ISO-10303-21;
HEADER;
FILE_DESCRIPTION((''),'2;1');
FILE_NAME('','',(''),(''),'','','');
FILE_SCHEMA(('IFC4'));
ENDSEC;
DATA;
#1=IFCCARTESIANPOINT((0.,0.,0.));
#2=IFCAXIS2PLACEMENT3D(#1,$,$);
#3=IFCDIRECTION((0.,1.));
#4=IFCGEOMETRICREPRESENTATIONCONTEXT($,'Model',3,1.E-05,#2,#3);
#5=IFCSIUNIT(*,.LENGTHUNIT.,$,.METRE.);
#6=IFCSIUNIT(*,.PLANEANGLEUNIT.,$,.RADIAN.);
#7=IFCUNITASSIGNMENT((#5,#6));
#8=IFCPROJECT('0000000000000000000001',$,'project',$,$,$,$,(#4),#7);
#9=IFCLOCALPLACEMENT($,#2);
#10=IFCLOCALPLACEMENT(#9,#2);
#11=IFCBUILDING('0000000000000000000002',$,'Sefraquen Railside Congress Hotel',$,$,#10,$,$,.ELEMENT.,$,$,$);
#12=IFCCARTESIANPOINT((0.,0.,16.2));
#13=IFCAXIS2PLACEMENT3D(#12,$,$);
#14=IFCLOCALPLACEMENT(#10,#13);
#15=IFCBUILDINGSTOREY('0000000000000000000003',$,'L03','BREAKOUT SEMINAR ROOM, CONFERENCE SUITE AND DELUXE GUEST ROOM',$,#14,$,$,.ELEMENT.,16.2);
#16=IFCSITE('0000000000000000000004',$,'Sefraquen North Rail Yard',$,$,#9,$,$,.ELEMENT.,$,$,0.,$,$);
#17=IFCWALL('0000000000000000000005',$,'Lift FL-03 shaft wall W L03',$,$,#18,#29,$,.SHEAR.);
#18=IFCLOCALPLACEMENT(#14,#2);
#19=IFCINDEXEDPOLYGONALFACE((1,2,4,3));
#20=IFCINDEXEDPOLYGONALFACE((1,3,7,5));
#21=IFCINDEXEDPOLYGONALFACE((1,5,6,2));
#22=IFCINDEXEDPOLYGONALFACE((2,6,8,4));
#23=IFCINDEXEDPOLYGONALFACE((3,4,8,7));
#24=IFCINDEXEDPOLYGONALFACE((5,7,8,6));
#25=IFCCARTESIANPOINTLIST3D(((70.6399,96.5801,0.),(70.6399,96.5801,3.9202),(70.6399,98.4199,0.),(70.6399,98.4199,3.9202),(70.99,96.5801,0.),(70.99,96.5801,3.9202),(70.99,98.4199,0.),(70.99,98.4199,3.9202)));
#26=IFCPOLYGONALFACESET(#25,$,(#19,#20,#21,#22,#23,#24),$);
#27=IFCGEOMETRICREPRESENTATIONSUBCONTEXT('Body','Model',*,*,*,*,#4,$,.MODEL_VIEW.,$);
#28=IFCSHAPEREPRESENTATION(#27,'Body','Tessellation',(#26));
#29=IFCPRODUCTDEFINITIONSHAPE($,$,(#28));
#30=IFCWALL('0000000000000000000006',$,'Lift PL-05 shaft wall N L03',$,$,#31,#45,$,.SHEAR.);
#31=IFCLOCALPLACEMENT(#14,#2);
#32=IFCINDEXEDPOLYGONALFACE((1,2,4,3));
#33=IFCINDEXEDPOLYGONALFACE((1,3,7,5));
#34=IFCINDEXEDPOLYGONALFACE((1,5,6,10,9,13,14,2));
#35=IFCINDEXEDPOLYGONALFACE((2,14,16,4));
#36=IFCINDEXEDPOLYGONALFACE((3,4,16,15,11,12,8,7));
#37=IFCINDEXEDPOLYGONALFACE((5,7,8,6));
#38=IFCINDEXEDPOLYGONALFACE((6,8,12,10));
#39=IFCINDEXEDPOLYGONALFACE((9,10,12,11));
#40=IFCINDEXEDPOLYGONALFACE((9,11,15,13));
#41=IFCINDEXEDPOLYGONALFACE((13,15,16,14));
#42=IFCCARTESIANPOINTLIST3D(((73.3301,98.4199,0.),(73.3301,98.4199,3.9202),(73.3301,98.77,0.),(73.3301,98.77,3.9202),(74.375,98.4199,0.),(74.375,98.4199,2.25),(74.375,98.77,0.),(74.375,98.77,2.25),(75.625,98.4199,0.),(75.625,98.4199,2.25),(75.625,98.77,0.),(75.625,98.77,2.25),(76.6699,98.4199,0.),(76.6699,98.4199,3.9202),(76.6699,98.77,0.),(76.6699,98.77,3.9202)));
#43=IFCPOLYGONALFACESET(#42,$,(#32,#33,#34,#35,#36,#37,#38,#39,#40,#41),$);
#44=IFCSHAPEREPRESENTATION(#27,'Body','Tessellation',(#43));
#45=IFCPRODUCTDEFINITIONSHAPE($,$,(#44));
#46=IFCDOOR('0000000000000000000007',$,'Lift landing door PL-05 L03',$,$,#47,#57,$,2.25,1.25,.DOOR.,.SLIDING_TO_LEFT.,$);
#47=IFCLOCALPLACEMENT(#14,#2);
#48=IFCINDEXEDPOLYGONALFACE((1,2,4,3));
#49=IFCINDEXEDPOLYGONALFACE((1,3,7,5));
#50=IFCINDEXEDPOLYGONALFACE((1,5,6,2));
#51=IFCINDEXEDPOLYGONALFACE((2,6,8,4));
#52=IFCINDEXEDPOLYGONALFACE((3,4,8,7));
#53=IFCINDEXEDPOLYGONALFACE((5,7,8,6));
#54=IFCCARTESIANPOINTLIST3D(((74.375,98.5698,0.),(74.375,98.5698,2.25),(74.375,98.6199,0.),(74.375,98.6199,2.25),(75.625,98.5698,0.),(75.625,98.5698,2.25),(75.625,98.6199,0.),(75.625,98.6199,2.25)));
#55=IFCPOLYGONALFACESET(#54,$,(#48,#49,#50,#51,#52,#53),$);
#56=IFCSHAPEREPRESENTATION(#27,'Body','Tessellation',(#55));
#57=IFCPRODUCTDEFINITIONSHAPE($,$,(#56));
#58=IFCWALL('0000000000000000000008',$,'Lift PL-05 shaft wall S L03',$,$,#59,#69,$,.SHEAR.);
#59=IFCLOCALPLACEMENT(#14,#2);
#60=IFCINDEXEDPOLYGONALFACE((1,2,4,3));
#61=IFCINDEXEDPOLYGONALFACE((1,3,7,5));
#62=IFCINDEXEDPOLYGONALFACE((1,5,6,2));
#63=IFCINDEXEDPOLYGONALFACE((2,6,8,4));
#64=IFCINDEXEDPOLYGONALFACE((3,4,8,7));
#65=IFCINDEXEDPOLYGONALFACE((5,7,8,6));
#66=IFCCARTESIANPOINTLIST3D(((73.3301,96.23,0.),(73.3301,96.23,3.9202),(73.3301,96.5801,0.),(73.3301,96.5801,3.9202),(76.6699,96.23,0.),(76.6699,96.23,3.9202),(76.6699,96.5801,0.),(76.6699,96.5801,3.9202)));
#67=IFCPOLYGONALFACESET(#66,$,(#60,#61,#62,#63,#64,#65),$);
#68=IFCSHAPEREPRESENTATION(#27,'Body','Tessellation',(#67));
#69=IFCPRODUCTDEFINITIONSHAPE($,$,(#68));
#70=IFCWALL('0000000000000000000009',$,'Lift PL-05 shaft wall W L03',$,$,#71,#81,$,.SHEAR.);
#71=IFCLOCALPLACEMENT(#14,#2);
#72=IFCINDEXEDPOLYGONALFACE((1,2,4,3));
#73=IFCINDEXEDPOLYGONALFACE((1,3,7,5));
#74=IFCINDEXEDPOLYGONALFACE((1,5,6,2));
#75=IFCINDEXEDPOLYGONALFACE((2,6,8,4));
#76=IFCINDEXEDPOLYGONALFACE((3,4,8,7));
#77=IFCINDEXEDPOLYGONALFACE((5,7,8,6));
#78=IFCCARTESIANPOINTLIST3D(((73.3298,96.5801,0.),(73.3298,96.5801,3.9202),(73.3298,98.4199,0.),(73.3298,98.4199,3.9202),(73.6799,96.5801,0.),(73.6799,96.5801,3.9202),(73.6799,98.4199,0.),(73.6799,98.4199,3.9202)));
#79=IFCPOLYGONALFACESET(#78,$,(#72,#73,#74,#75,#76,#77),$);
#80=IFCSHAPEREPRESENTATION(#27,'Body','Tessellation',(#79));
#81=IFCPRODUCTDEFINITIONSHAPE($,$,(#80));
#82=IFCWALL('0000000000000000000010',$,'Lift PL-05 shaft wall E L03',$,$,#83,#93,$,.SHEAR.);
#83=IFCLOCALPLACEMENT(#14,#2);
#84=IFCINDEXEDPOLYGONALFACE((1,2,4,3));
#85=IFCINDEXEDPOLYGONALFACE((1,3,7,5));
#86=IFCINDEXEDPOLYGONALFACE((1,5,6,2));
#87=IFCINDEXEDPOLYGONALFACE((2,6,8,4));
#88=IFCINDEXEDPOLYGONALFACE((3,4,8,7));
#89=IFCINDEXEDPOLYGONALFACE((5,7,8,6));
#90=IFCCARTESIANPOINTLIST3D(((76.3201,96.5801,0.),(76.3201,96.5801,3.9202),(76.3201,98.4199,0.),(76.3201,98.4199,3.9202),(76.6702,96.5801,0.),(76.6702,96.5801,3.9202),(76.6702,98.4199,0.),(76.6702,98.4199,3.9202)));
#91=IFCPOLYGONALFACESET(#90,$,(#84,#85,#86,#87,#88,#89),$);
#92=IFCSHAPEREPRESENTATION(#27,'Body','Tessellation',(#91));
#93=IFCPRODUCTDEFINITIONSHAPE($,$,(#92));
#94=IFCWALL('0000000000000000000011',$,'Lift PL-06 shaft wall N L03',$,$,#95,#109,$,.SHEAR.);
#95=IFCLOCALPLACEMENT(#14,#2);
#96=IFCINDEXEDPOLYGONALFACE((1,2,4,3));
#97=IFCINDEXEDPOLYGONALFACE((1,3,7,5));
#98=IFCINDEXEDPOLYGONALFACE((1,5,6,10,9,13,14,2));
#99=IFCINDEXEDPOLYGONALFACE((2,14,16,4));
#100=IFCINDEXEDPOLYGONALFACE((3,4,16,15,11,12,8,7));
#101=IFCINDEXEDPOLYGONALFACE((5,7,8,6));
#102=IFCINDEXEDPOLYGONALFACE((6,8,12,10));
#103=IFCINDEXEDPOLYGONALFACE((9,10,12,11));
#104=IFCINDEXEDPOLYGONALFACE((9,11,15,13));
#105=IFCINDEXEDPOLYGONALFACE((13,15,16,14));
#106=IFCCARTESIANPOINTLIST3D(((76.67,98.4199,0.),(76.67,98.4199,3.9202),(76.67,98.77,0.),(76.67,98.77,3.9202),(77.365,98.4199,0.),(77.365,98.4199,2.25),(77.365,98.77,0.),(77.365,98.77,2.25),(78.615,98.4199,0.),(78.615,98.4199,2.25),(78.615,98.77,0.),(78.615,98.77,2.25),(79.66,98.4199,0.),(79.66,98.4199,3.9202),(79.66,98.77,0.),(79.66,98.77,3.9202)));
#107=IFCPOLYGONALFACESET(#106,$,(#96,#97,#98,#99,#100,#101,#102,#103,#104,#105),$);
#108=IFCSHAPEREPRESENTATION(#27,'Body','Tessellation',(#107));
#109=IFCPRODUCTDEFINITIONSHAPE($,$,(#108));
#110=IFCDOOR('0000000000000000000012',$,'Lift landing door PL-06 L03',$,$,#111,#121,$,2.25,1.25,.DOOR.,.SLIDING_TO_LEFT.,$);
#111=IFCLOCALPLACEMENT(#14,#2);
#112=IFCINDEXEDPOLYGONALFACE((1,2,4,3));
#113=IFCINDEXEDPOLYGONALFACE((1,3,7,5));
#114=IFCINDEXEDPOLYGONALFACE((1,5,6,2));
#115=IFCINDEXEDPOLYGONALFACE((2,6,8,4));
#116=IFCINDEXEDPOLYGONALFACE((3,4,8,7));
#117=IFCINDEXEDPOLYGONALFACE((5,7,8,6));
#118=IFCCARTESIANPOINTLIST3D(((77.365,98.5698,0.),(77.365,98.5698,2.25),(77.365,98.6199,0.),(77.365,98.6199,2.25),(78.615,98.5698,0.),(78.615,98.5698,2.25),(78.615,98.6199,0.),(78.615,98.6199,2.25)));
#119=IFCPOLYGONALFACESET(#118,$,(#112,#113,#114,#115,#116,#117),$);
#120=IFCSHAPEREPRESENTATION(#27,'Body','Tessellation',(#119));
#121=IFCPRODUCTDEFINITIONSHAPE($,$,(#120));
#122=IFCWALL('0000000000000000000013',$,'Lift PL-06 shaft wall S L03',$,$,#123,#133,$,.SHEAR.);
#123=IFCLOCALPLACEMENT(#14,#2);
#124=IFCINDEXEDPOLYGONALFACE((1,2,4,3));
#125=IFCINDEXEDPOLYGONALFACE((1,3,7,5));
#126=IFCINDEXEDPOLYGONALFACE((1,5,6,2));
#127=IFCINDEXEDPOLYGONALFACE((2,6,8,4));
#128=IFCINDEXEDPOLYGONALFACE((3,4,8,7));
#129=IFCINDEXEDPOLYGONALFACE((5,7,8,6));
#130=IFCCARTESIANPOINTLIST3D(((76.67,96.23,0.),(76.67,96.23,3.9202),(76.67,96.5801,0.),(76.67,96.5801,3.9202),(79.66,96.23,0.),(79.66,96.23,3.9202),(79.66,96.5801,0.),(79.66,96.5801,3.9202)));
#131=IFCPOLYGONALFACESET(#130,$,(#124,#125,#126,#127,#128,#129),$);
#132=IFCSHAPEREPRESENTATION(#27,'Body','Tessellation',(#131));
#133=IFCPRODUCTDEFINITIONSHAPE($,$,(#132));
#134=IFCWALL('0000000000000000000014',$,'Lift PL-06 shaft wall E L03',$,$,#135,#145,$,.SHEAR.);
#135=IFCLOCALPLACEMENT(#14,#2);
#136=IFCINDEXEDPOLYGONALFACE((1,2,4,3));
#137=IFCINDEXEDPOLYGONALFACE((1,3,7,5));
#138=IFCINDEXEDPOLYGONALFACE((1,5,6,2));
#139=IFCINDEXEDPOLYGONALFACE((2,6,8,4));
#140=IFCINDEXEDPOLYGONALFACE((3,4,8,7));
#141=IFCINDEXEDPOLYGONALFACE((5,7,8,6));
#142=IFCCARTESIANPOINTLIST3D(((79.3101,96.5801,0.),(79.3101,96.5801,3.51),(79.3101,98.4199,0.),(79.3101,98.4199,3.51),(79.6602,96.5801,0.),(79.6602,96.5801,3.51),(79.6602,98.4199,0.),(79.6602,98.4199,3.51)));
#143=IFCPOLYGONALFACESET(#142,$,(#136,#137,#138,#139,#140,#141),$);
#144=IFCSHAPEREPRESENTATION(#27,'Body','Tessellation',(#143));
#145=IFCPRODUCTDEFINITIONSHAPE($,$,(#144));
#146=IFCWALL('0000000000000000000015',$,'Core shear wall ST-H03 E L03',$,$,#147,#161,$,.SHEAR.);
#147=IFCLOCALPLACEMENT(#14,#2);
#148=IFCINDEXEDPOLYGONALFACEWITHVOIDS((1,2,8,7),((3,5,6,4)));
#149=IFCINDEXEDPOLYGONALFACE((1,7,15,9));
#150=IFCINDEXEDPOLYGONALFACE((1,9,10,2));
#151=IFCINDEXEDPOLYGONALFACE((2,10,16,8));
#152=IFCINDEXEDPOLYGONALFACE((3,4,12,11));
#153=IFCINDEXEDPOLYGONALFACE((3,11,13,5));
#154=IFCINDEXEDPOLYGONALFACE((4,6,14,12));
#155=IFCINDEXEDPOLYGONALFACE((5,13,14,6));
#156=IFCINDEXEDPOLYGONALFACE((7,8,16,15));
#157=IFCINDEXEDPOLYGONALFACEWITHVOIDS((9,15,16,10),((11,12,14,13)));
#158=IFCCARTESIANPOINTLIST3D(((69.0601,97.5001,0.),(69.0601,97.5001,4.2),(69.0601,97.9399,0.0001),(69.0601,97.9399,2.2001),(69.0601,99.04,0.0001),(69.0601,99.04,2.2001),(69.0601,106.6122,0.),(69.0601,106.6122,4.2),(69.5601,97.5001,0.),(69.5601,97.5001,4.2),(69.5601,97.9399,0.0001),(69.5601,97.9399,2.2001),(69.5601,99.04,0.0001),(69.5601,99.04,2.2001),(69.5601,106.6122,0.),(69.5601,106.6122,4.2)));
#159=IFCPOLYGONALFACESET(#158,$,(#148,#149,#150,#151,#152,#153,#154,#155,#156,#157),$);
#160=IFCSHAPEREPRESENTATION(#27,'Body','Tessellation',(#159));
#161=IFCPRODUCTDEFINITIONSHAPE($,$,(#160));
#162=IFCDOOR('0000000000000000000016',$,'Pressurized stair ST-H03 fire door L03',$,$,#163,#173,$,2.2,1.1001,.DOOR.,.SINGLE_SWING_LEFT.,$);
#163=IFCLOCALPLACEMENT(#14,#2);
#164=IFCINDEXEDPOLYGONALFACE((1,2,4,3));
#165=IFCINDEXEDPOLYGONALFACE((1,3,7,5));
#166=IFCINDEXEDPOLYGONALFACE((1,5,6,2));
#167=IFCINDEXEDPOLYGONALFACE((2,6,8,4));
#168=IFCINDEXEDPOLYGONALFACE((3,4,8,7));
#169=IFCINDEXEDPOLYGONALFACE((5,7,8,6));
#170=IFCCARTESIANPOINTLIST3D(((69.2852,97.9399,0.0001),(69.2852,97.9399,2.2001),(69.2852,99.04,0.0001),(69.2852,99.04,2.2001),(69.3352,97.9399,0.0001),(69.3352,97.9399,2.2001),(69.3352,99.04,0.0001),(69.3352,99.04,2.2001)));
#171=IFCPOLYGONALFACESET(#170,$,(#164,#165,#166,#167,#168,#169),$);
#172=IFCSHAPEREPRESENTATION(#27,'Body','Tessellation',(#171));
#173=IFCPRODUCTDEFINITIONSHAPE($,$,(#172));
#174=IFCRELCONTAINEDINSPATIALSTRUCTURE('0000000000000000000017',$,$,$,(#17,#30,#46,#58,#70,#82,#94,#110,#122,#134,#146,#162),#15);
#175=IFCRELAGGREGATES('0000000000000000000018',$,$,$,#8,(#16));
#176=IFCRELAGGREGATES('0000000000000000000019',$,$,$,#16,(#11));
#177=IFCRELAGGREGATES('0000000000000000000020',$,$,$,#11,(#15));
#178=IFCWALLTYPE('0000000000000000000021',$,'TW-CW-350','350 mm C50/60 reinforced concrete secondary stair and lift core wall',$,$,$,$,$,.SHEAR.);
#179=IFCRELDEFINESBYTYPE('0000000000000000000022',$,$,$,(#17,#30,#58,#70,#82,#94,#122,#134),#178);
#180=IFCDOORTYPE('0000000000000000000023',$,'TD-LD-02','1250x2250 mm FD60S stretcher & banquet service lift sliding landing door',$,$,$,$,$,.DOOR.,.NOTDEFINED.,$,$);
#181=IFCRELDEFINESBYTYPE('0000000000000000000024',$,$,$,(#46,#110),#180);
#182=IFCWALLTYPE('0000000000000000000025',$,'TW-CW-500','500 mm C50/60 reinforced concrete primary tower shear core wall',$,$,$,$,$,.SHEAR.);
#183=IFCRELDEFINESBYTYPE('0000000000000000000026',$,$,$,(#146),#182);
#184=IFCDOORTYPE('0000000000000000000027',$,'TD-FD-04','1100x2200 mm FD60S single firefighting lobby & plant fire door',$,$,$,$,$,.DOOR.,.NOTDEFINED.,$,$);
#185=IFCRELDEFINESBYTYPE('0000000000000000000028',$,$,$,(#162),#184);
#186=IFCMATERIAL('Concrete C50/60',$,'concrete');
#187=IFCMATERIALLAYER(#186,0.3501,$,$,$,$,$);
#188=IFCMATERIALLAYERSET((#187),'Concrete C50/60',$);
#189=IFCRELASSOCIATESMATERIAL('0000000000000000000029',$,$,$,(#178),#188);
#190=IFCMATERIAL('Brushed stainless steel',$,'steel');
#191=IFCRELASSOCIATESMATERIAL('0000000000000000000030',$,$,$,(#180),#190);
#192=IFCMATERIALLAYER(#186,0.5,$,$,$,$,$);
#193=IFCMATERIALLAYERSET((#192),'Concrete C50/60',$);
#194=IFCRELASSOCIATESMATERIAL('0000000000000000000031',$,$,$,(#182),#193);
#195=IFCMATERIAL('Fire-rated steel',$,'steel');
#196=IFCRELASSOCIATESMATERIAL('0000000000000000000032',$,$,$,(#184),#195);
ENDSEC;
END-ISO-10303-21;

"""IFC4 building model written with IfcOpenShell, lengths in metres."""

from ifc_helpers import new_model, si_unit, direction, frame, frame_2d, origin, place, context, subcontext, project, spatial, rectangle, extrude, material, layer, layer_set, type_object, element, fill, save


model = new_model("IFC4")

# Units and contexts
model_context = context("Model", 3, precision=1e-05, world=origin(), true_north=direction((0.0, 1.0)))
body_context = subcontext(model_context, "Body", "Model", "MODEL_VIEW")
ifc_project = project(units=[si_unit("LENGTHUNIT", "METRE"), si_unit("PLANEANGLEUNIT", "RADIAN")], contexts=[model_context])

# Site, building, storey
site_placement = place(None, origin())
site = spatial("IfcSite", under=ifc_project, at=site_placement, Name="Sefraquen North Rail Yard", CompositionType="ELEMENT", RefElevation=0.0)
building_placement = place(site_placement, origin())
building = spatial("IfcBuilding", under=site, at=building_placement, Name="Sefraquen Railside Congress Hotel", CompositionType="ELEMENT")
storey_placement = place(building_placement, frame((0.0, 0.0, 16.2)))
storey = spatial("IfcBuildingStorey", under=building, at=storey_placement, Name="L03", Description="BREAKOUT SEMINAR ROOM, CONFERENCE SUITE AND DELUXE GUEST ROOM", CompositionType="ELEMENT", Elevation=16.2)

# Shared definitions
ifc_material_1 = material(Name="Concrete C50/60", Category="concrete")
ifc_layer_1 = layer(ifc_material_1, 0.3501)
ifc_layer_set_1 = layer_set([ifc_layer_1], Name="Concrete C50/60")
wall_type_1 = type_object("IfcWallType", Name="TW-CW-350", Description="350 mm C50/60 reinforced concrete secondary stair and lift core wall", PredefinedType="SHEAR", material=ifc_layer_set_1)

# Wall
wall_1_placement = place(storey_placement, frame((70.8149, 96.5801, 0.0), z_axis=(0.0, 0.0, 1.0), x_axis=(0.0, 1.0, 0.0)))
element("IfcWall", 1, at=wall_1_placement, inside=storey, type_object=wall_type_1, Name="Lift FL-03 shaft wall W L03", PredefinedType="SHEAR", context=body_context, shape_type="SweptSolid", body=[
    extrude(rectangle(XDim=1.8398, YDim=0.3501, at=frame_2d((0.9199, 0.0))), origin(), (0.0, 0.0, 1.0), 3.9202),
])

# Wall, opening, door
wall_2_placement = place(storey_placement, frame((73.3301, 98.595, 0.0), z_axis=(0.0, 0.0, 1.0), x_axis=(1.0, 0.0, 0.0)))
wall_2 = element("IfcWall", 2, at=wall_2_placement, inside=storey, type_object=wall_type_1, Name="Lift PL-05 shaft wall N L03", PredefinedType="SHEAR", context=body_context, shape_type="SweptSolid", body=[
    extrude(rectangle(XDim=3.3398, YDim=0.3501, at=frame_2d((1.6699, 0.0))), origin(), (0.0, 0.0, 1.0), 3.9202),
])
opening_1_placement = place(wall_2_placement, frame((1.0449, 0.0, 0.0)))
opening_1 = element("IfcOpeningElement", 3, at=opening_1_placement, cuts=wall_2, PredefinedType="OPENING", context=body_context, shape_type="SweptSolid", body=[
    extrude(rectangle(XDim=1.25, YDim=2.25, at=frame_2d((0.625, 1.125))), frame((0.0, 0.1851, 0.0), z_axis=(0.0, -1.0, 0.0), x_axis=(1.0, 0.0, 0.0)), (0.0, 0.0, 1.0), 0.3701),
])
ifc_material_2 = material(Name="Brushed stainless steel", Category="steel")
door_type_1 = type_object("IfcDoorType", Name="TD-LD-02", Description="1250x2250 mm FD60S stretcher & banquet service lift sliding landing door", OperationType="NOTDEFINED", PredefinedType="DOOR", material=ifc_material_2)
door_1_placement = place(opening_1_placement, origin())
door_1 = element("IfcDoor", 4, at=door_1_placement, inside=storey, type_object=door_type_1, Name="Lift landing door PL-05 L03", OperationType="SLIDING_TO_LEFT", OverallHeight=2.25, OverallWidth=1.25, PredefinedType="DOOR", context=body_context, shape_type="SweptSolid", body=[
    extrude(rectangle(XDim=1.25, YDim=2.25, at=frame_2d((0.625, 1.125))), frame((0.0, 0.0249, 0.0), z_axis=(0.0, -1.0, 0.0), x_axis=(1.0, 0.0, 0.0)), (0.0, 0.0, 1.0), 0.05),
])
fill(opening_1, door_1)

# Walls
wall_3_placement = place(storey_placement, frame((73.3301, 96.405, 0.0), z_axis=(0.0, 0.0, 1.0), x_axis=(1.0, 0.0, 0.0)))
element("IfcWall", 5, at=wall_3_placement, inside=storey, type_object=wall_type_1, Name="Lift PL-05 shaft wall S L03", PredefinedType="SHEAR", context=body_context, shape_type="SweptSolid", body=[
    extrude(rectangle(XDim=3.3398, YDim=0.3501, at=frame_2d((1.6699, 0.0))), origin(), (0.0, 0.0, 1.0), 3.9202),
])
for number, where, z_axis, x_axis, name in (
    (6, (73.5049, 96.5801, 0.0), (0.0, 0.0, 1.0), (0.0, 1.0, 0.0), "Lift PL-05 shaft wall W L03"),
    (7, (76.4951, 96.5801, 0.0), (0.0, 0.0, 1.0), (0.0, 1.0, 0.0), "Lift PL-05 shaft wall E L03"),
):
    element("IfcWall", number, at=place(storey_placement, frame(where, z_axis=z_axis, x_axis=x_axis)), inside=storey, type_object=wall_type_1, Name=name, PredefinedType="SHEAR", context=body_context, shape_type="SweptSolid", body=[
        extrude(rectangle(XDim=1.8398, YDim=0.3501, at=frame_2d((0.9199, 0.0))), origin(), (0.0, 0.0, 1.0), 3.9202),
    ])

# Wall, opening, door
wall_4_placement = place(storey_placement, frame((76.6699, 98.595, 0.0), z_axis=(0.0, 0.0, 1.0), x_axis=(1.0, 0.0, 0.0)))
wall_4 = element("IfcWall", 8, at=wall_4_placement, inside=storey, type_object=wall_type_1, Name="Lift PL-06 shaft wall N L03", PredefinedType="SHEAR", context=body_context, shape_type="SweptSolid", body=[
    extrude(rectangle(XDim=2.99, YDim=0.3501, at=frame_2d((1.4951, 0.0))), origin(), (0.0, 0.0, 1.0), 3.9202),
])
opening_2_placement = place(wall_4_placement, frame((0.6951, 0.0, 0.0)))
opening_2 = element("IfcOpeningElement", 9, at=opening_2_placement, cuts=wall_4, PredefinedType="OPENING", context=body_context, shape_type="SweptSolid", body=[
    extrude(rectangle(XDim=1.25, YDim=2.25, at=frame_2d((0.625, 1.125))), frame((0.0, 0.1851, 0.0), z_axis=(0.0, -1.0, 0.0), x_axis=(1.0, 0.0, 0.0)), (0.0, 0.0, 1.0), 0.3701),
])
door_2_placement = place(opening_2_placement, origin())
door_2 = element("IfcDoor", 10, at=door_2_placement, inside=storey, type_object=door_type_1, Name="Lift landing door PL-06 L03", OperationType="SLIDING_TO_LEFT", OverallHeight=2.25, OverallWidth=1.25, PredefinedType="DOOR", context=body_context, shape_type="SweptSolid", body=[
    extrude(rectangle(XDim=1.25, YDim=2.25, at=frame_2d((0.625, 1.125))), frame((0.0, 0.0249, 0.0), z_axis=(0.0, -1.0, 0.0), x_axis=(1.0, 0.0, 0.0)), (0.0, 0.0, 1.0), 0.05),
])
fill(opening_2, door_2)

# Walls
wall_5_placement = place(storey_placement, frame((76.6699, 96.405, 0.0), z_axis=(0.0, 0.0, 1.0), x_axis=(1.0, 0.0, 0.0)))
element("IfcWall", 11, at=wall_5_placement, inside=storey, type_object=wall_type_1, Name="Lift PL-06 shaft wall S L03", PredefinedType="SHEAR", context=body_context, shape_type="SweptSolid", body=[
    extrude(rectangle(XDim=2.99, YDim=0.3501, at=frame_2d((1.4951, 0.0))), origin(), (0.0, 0.0, 1.0), 3.9202),
])
wall_6_placement = place(storey_placement, frame((79.4851, 96.5801, 0.0), z_axis=(0.0, 0.0, 1.0), x_axis=(0.0, 1.0, 0.0)))
element("IfcWall", 12, at=wall_6_placement, inside=storey, type_object=wall_type_1, Name="Lift PL-06 shaft wall E L03", PredefinedType="SHEAR", context=body_context, shape_type="SweptSolid", body=[
    extrude(rectangle(XDim=1.8398, YDim=0.3501, at=frame_2d((0.9199, 0.0))), origin(), (0.0, 0.0, 1.0), 3.51),
])

# Wall, opening, door
ifc_layer_2 = layer(ifc_material_1, 0.5)
ifc_layer_set_2 = layer_set([ifc_layer_2], Name="Concrete C50/60")
wall_type_2 = type_object("IfcWallType", Name="TW-CW-500", Description="500 mm C50/60 reinforced concrete primary tower shear core wall", PredefinedType="SHEAR", material=ifc_layer_set_2)
wall_7_placement = place(storey_placement, frame((69.3101, 97.5, 0.0), z_axis=(0.0, 0.0, 1.0), x_axis=(0.0, 1.0, 0.0)))
wall_7 = element("IfcWall", 13, at=wall_7_placement, inside=storey, type_object=wall_type_2, Name="Core shear wall ST-H03 E L03", PredefinedType="SHEAR", context=body_context, shape_type="SweptSolid", body=[
    extrude(rectangle(XDim=9.1121, YDim=0.5, at=frame_2d((4.5562, 0.0))), origin(), (0.0, 0.0, 1.0), 4.2),
])
opening_3_placement = place(wall_7_placement, frame((0.4399, 0.0, 0.0)))
opening_3 = element("IfcOpeningElement", 14, at=opening_3_placement, cuts=wall_7, PredefinedType="OPENING", context=body_context, shape_type="SweptSolid", body=[
    extrude(rectangle(XDim=1.1001, YDim=2.2, at=frame_2d((0.55, 1.1001))), frame((0.0, 0.26, 0.0), z_axis=(0.0, -1.0, 0.0), x_axis=(1.0, 0.0, 0.0)), (0.0, 0.0, 1.0), 0.52),
])
ifc_material_3 = material(Name="Fire-rated steel", Category="steel")
door_type_2 = type_object("IfcDoorType", Name="TD-FD-04", Description="1100x2200 mm FD60S single firefighting lobby & plant fire door", OperationType="NOTDEFINED", PredefinedType="DOOR", material=ifc_material_3)
door_3_placement = place(opening_3_placement, origin())
door_3 = element("IfcDoor", 15, at=door_3_placement, inside=storey, type_object=door_type_2, Name="Pressurized stair ST-H03 fire door L03", OperationType="SINGLE_SWING_LEFT", OverallHeight=2.2, OverallWidth=1.1001, PredefinedType="DOOR", context=body_context, shape_type="SweptSolid", body=[
    extrude(rectangle(XDim=1.1001, YDim=2.2, at=frame_2d((0.55, 1.1001))), frame((0.0, 0.0249, 0.0), z_axis=(0.0, -1.0, 0.0), x_axis=(1.0, 0.0, 0.0)), (0.0, 0.0, 1.0), 0.05),
])
fill(opening_3, door_3)

save(model, "model.ifc")
